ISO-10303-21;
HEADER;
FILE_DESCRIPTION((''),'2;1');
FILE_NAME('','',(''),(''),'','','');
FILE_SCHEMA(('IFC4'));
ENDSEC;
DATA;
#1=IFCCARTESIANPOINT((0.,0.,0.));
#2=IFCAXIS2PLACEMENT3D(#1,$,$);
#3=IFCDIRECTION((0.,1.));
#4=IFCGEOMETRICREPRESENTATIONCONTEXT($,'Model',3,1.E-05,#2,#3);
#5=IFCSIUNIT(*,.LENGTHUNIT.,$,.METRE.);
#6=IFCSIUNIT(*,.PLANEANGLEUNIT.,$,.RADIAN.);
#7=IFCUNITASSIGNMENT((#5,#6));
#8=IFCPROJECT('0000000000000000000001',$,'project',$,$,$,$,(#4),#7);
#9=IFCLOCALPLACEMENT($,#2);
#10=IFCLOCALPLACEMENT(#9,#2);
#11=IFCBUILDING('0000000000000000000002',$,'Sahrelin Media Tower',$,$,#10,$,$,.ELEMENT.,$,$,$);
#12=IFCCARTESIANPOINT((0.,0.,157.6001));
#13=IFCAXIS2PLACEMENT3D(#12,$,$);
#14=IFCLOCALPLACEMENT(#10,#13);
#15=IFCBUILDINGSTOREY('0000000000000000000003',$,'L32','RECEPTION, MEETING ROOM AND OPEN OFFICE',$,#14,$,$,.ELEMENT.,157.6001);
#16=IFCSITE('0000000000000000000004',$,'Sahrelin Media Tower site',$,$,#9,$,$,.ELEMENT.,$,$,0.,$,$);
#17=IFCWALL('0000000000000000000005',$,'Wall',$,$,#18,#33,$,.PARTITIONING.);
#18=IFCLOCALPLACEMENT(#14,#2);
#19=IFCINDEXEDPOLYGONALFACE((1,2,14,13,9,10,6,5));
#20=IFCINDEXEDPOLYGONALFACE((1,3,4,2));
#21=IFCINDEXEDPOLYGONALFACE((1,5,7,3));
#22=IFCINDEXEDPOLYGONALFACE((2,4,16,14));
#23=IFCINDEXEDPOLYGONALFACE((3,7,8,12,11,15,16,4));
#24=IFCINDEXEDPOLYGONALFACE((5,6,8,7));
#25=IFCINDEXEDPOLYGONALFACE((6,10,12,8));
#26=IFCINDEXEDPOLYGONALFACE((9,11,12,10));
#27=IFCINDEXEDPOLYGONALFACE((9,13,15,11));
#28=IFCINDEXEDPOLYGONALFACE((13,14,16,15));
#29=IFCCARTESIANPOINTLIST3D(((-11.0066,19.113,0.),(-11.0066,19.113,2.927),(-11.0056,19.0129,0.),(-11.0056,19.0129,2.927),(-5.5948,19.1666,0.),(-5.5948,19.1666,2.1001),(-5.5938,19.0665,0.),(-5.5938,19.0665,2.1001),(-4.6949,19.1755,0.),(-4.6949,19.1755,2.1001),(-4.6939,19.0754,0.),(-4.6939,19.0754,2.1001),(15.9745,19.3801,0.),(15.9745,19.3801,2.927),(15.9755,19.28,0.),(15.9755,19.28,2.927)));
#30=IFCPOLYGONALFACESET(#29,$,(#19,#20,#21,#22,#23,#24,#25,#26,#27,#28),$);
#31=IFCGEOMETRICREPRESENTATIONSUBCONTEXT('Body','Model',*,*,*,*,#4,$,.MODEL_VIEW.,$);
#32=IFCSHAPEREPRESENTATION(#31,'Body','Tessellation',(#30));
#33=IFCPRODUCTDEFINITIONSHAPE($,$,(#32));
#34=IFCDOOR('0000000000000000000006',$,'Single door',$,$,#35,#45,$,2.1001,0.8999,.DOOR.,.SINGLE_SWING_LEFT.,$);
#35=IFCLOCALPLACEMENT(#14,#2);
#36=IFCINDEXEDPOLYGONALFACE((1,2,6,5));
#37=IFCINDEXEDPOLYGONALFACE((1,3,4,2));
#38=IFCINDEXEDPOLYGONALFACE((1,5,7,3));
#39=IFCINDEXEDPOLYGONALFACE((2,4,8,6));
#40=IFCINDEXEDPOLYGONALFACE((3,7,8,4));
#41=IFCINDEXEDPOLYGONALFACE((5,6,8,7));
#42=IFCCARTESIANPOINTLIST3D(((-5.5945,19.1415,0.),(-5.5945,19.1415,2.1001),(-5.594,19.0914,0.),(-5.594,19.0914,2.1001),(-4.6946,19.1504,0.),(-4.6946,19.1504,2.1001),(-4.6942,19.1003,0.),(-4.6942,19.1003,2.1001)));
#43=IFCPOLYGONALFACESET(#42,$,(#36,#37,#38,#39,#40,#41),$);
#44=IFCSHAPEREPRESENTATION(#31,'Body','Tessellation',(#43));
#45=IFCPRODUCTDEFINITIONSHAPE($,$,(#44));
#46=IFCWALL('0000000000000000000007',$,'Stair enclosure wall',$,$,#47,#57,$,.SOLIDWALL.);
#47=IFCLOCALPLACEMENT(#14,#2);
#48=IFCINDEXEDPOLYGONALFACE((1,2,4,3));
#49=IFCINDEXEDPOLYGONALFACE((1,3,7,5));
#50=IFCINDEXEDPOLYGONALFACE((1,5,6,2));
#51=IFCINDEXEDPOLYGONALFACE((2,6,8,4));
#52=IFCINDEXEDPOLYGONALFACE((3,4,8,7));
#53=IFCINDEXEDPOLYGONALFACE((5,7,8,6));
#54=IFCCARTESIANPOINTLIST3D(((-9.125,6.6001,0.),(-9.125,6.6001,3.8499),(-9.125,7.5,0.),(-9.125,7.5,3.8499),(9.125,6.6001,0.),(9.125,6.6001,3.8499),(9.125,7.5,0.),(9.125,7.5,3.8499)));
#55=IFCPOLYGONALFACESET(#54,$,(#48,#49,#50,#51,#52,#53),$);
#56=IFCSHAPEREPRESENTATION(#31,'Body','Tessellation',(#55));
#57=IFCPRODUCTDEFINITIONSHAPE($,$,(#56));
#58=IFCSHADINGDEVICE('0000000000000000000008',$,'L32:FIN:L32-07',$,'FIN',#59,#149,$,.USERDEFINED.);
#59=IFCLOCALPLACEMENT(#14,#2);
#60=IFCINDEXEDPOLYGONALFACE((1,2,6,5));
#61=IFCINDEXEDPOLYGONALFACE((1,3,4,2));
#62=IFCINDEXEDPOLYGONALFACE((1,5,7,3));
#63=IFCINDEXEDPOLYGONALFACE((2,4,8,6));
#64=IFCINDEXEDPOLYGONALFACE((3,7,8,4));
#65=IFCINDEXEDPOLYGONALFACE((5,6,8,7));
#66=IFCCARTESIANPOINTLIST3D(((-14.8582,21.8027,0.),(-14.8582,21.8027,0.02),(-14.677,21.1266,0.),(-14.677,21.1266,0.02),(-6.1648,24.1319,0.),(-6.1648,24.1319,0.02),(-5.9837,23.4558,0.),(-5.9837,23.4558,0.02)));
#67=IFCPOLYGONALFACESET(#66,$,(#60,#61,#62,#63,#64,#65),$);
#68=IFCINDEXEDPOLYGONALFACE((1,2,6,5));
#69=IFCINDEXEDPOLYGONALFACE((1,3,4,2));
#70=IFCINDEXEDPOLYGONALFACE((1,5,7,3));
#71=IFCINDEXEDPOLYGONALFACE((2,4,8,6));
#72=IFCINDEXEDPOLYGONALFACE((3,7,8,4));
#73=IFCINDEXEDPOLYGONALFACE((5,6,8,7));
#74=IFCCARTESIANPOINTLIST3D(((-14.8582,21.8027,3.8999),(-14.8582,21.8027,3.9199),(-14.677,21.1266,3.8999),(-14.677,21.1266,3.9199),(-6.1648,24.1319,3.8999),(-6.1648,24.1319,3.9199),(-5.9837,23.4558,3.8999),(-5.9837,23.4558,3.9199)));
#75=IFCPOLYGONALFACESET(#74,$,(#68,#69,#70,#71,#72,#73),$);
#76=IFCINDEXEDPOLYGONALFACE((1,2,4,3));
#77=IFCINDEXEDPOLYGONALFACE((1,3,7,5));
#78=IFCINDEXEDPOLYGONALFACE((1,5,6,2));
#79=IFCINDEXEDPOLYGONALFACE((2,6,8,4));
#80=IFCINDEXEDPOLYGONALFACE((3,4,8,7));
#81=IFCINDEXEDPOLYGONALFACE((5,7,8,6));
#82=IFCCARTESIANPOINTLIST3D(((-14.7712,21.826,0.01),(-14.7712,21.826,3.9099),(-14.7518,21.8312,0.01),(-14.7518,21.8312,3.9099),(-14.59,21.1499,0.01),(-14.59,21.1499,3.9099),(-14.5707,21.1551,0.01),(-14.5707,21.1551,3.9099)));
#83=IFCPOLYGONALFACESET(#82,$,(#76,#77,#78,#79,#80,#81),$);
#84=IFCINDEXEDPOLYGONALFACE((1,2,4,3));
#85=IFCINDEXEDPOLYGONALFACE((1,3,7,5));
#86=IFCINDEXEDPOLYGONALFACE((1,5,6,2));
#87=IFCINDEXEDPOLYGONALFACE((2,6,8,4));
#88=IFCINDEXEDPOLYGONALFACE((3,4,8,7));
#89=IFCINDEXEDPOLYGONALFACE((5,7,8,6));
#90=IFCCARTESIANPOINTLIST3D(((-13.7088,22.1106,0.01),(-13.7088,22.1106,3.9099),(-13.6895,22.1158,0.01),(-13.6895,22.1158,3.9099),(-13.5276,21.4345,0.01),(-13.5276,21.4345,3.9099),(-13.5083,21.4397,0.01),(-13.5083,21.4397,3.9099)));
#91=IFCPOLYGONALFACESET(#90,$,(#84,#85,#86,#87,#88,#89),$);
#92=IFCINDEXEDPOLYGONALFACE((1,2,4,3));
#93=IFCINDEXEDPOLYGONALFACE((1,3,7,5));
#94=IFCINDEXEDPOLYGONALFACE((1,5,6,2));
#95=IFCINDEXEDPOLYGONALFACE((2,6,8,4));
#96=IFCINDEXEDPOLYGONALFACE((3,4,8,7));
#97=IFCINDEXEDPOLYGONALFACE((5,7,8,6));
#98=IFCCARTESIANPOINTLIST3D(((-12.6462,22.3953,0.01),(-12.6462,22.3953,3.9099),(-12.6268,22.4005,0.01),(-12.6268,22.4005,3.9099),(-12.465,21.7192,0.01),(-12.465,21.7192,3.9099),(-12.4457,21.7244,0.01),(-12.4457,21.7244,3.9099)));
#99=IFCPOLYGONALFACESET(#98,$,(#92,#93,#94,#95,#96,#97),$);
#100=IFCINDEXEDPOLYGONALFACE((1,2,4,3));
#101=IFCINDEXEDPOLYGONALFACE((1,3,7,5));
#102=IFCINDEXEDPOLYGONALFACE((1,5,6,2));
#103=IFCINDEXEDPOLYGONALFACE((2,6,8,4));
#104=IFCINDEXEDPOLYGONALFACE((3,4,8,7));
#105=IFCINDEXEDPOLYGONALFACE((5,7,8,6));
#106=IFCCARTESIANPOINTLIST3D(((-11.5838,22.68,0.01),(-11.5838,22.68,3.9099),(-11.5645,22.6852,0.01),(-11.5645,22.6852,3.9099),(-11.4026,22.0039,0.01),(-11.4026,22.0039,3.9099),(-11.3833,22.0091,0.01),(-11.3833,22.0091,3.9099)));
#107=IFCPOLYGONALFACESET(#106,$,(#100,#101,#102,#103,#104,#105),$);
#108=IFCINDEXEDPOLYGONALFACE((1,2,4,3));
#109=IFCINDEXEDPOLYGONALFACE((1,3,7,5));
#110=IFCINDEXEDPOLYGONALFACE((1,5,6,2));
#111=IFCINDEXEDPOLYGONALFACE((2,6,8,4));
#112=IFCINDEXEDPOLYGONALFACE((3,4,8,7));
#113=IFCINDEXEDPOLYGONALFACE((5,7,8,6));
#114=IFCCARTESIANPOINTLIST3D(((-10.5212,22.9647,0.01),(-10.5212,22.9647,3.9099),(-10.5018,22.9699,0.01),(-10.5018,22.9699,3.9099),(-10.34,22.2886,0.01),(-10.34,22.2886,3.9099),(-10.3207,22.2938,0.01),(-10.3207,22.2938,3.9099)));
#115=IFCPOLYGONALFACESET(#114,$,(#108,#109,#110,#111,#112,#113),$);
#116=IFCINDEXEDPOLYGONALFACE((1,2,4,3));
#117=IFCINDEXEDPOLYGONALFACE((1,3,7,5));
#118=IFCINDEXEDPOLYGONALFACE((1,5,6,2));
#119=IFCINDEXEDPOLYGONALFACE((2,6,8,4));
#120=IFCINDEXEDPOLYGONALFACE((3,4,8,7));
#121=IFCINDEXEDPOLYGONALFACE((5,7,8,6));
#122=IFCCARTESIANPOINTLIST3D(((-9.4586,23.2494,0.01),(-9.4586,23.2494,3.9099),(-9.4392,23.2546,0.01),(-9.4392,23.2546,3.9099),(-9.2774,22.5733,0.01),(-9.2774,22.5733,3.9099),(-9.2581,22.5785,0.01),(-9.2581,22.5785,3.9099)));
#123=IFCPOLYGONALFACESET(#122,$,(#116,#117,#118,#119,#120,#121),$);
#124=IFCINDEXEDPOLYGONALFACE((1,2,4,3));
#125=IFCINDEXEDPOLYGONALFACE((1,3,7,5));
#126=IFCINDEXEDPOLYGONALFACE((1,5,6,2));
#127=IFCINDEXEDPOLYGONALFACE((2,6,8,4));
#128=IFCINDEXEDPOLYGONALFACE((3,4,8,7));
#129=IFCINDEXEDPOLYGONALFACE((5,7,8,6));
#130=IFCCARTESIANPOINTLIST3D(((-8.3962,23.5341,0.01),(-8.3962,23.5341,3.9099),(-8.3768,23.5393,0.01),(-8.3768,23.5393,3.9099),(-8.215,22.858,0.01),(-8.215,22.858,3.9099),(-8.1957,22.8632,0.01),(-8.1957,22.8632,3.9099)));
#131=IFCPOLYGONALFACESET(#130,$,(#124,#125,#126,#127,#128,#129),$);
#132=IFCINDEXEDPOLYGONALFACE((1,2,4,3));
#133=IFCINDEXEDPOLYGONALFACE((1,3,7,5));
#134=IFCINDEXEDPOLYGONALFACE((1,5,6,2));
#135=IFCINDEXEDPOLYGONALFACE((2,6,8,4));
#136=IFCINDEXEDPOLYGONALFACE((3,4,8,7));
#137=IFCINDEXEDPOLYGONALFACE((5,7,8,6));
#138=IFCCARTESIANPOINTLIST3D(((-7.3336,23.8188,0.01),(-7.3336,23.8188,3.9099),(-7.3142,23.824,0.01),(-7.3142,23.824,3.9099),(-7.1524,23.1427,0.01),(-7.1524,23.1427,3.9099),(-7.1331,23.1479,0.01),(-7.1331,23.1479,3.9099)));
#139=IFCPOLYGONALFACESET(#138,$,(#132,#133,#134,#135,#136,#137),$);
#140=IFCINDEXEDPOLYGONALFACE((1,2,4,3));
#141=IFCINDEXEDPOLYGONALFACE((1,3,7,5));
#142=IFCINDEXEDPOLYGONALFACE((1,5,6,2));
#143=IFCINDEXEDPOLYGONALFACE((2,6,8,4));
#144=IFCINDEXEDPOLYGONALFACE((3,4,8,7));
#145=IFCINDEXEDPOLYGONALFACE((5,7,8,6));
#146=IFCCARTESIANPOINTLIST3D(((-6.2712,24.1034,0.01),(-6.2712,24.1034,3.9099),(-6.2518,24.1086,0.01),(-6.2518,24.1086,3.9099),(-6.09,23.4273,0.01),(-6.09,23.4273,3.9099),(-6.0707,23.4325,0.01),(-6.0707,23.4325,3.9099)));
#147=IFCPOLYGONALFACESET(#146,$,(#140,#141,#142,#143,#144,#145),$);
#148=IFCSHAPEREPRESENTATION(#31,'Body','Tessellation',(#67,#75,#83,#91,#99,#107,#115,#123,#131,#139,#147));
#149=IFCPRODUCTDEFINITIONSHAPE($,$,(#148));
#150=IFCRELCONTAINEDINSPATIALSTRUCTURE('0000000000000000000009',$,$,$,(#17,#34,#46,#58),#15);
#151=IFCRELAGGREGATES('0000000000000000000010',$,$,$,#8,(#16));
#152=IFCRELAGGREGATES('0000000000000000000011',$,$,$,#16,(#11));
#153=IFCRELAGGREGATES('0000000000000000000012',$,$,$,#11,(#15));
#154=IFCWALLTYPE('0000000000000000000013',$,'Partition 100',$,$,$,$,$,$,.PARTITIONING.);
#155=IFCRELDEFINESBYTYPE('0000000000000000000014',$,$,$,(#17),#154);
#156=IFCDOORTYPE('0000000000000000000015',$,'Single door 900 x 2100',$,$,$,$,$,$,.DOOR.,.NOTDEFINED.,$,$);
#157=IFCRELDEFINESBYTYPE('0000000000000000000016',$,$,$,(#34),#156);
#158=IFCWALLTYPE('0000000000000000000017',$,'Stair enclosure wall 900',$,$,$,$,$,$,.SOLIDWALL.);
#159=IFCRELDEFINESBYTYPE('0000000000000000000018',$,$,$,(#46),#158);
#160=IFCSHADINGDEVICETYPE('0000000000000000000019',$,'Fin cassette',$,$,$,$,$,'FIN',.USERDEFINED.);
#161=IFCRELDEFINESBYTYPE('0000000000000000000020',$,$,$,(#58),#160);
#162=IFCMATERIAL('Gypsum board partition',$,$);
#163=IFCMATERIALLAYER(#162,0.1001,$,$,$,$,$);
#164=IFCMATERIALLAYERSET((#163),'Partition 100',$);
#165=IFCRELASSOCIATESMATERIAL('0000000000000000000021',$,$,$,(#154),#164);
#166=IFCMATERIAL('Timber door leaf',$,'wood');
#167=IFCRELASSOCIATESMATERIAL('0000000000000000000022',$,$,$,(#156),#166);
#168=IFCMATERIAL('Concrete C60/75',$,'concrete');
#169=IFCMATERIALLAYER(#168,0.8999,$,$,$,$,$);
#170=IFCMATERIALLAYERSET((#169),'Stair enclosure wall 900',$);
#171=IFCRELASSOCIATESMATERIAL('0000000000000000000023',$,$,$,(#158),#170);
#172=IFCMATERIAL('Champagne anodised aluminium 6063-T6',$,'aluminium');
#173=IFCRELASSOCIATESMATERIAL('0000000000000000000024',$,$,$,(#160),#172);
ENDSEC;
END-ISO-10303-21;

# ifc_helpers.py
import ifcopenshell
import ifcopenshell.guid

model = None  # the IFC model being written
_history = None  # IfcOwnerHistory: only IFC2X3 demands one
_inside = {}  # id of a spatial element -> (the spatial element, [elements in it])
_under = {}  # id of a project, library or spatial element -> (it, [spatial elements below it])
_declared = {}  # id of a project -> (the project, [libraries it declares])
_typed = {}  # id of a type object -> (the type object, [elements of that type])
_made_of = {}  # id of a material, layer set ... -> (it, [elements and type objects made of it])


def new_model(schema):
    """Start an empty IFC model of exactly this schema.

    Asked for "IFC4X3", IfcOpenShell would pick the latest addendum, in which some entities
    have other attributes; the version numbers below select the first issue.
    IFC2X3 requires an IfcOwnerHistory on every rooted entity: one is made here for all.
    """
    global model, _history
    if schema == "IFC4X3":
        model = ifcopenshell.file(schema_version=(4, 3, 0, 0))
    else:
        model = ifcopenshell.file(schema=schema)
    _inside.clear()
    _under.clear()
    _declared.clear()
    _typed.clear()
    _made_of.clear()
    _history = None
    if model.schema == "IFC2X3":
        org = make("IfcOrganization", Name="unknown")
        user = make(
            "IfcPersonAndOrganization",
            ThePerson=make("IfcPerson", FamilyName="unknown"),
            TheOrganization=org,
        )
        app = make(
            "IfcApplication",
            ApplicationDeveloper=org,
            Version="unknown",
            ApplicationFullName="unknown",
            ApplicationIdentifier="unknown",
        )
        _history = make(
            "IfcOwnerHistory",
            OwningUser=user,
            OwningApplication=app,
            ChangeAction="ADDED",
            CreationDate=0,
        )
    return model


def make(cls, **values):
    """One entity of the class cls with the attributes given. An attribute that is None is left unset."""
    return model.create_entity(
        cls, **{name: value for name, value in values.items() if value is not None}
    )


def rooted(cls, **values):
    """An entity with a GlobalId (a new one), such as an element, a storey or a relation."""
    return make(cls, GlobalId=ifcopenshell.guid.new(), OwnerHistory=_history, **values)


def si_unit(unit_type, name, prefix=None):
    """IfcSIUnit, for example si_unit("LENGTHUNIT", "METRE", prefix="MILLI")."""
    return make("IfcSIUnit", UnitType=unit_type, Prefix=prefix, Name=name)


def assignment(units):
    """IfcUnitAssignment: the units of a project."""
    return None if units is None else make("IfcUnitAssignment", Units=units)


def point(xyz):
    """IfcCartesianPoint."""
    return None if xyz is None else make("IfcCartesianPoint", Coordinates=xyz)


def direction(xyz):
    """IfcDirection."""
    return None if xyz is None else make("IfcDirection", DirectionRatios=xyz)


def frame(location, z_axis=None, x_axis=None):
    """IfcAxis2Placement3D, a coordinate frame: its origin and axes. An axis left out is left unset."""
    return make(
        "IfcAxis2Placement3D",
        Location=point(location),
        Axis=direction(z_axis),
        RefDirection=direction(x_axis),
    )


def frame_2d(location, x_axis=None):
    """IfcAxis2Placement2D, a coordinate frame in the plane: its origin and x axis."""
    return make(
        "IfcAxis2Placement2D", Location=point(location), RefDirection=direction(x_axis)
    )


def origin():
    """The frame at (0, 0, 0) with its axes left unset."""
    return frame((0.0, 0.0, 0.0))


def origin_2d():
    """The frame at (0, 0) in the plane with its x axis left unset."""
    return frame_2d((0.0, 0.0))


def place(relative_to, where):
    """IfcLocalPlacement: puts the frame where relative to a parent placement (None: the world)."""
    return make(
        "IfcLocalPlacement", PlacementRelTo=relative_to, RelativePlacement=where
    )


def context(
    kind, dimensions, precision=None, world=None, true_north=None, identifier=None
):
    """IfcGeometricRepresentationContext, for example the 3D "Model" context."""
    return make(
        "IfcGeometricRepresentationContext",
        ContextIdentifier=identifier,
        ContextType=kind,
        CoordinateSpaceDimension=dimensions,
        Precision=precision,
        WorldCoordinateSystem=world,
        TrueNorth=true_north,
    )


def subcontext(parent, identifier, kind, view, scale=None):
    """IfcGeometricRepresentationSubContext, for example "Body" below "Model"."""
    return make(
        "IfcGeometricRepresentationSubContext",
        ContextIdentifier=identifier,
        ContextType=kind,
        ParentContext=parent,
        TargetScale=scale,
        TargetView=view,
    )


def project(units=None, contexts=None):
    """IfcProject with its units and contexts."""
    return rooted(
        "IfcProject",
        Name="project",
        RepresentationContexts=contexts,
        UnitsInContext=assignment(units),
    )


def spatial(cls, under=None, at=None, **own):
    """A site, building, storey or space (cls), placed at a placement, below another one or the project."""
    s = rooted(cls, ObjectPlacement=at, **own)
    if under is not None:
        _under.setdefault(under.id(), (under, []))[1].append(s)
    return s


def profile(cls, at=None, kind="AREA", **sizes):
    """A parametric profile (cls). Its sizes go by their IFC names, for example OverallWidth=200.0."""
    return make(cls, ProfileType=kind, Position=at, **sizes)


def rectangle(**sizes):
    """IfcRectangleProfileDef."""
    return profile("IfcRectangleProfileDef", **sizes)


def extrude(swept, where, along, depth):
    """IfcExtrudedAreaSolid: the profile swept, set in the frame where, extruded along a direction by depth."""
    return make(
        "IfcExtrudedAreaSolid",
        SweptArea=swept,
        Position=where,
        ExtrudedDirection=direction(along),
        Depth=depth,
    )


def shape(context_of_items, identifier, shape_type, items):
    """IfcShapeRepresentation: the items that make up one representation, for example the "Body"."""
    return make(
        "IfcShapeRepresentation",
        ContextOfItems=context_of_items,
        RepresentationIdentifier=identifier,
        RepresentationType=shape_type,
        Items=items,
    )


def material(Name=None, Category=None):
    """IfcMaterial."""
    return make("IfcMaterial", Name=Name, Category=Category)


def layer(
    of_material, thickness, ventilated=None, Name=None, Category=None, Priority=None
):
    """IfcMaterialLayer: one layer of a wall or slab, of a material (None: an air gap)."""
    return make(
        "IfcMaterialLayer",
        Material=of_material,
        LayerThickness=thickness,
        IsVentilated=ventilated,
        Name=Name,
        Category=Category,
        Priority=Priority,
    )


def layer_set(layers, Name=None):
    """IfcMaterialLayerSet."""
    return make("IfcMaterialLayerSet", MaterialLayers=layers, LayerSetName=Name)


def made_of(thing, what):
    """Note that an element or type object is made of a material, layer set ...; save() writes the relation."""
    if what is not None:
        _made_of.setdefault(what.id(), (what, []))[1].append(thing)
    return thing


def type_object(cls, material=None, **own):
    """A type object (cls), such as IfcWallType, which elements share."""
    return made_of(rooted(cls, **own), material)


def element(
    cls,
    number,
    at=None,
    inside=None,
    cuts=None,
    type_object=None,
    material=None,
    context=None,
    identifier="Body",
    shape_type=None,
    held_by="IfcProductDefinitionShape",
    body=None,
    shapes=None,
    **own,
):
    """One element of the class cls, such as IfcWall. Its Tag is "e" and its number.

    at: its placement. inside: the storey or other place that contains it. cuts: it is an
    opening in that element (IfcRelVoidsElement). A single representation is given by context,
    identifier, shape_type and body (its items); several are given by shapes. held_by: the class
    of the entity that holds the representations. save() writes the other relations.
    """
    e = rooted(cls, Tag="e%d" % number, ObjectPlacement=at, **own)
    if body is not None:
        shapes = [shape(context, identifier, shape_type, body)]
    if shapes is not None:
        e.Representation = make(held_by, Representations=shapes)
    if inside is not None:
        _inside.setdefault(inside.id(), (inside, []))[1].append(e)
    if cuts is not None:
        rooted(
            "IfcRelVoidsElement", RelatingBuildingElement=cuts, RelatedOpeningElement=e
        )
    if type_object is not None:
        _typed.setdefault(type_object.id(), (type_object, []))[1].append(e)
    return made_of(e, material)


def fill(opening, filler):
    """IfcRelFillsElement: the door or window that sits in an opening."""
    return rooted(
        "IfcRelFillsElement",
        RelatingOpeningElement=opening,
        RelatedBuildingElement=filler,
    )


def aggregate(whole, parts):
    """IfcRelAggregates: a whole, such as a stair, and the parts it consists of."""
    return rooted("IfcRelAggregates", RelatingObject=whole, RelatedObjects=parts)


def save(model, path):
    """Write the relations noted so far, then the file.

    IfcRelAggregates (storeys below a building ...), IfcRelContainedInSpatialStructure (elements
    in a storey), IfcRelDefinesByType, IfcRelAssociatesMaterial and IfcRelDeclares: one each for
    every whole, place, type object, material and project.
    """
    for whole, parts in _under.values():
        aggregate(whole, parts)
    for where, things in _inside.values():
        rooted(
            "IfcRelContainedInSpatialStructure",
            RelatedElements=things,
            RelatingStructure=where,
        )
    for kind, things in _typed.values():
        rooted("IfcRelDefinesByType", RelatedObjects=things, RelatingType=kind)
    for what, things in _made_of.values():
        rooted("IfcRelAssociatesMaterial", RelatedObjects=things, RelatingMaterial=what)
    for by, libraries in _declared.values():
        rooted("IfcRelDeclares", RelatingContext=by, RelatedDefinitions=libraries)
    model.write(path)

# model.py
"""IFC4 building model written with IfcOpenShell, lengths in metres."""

from ifc_helpers import new_model, si_unit, direction, frame, frame_2d, origin, origin_2d, place, context, subcontext, project, spatial, rectangle, extrude, material, layer, layer_set, type_object, element, fill, save


model = new_model("IFC4")

# Units and contexts
model_context = context("Model", 3, precision=1e-05, world=origin(), true_north=direction((0.0, 1.0)))
body_context = subcontext(model_context, "Body", "Model", "MODEL_VIEW")
ifc_project = project(units=[si_unit("LENGTHUNIT", "METRE"), si_unit("PLANEANGLEUNIT", "RADIAN")], contexts=[model_context])

# Site, building, storey
site_placement = place(None, origin())
site = spatial("IfcSite", under=ifc_project, at=site_placement, Name="Sahrelin Media Tower site", CompositionType="ELEMENT", RefElevation=0.0)
building_placement = place(site_placement, origin())
building = spatial("IfcBuilding", under=site, at=building_placement, Name="Sahrelin Media Tower", CompositionType="ELEMENT")
storey_placement = place(building_placement, frame((0.0, 0.0, 157.6001)))
storey = spatial("IfcBuildingStorey", under=building, at=storey_placement, Name="L32", Description="RECEPTION, MEETING ROOM AND OPEN OFFICE", CompositionType="ELEMENT", Elevation=157.6001)

# Shared definitions
ifc_material_1 = material(Name="Champagne anodised aluminium 6063-T6", Category="aluminium")

# Shared definitions
ifc_material_2 = material(Name="Concrete C60/75", Category="concrete")

# Wall, opening, door
ifc_material_3 = material(Name="Gypsum board partition")
ifc_layer_1 = layer(ifc_material_3, 0.1001)
ifc_layer_set_1 = layer_set([ifc_layer_1], Name="Partition 100")
wall_type_1 = type_object("IfcWallType", Name="Partition 100", PredefinedType="PARTITIONING", material=ifc_layer_set_1)
wall_1_placement = place(storey_placement, frame((-11.0061, 19.063, 0.0), z_axis=(0.0, 0.0, 1.0), x_axis=(0.999951, 0.009899, 0.0)))
wall_1 = element("IfcWall", 1, at=wall_1_placement, inside=storey, type_object=wall_type_1, Name="Wall", PredefinedType="PARTITIONING", context=body_context, shape_type="SweptSolid", body=[
    extrude(rectangle(XDim=26.9824, YDim=0.1001, at=frame_2d((13.4912, 0.0))), origin(), (0.0, 0.0, 1.0), 2.927),
])
opening_1_placement = place(wall_1_placement, frame((5.4121, 0.0, 0.0)))
opening_1 = element("IfcOpeningElement", 2, at=opening_1_placement, cuts=wall_1, PredefinedType="OPENING", context=body_context, shape_type="SweptSolid", body=[
    extrude(rectangle(XDim=0.8999, YDim=2.1001, at=frame_2d((0.45, 1.05))), frame((0.0, 0.05, 0.0), z_axis=(0.0, -1.0, 0.0), x_axis=(1.0, 0.0, 0.0)), (0.0, 0.0, 1.0), 0.1001),
])
ifc_material_4 = material(Name="Timber door leaf", Category="wood")
door_type_1 = type_object("IfcDoorType", Name="Single door 900 x 2100", OperationType="NOTDEFINED", PredefinedType="DOOR", material=ifc_material_4)
door_1_placement = place(opening_1_placement, origin())
door_1 = element("IfcDoor", 3, at=door_1_placement, inside=storey, type_object=door_type_1, Name="Single door", OperationType="SINGLE_SWING_LEFT", OverallHeight=2.1001, OverallWidth=0.8999, PredefinedType="DOOR", context=body_context, shape_type="SweptSolid", body=[
    extrude(rectangle(XDim=0.8999, YDim=2.1001, at=frame_2d((0.45, 1.05))), frame((0.0, 0.0249, 0.0), z_axis=(0.0, -1.0, 0.0), x_axis=(1.0, 0.0, 0.0)), (0.0, 0.0, 1.0), 0.05),
])
fill(opening_1, door_1)

# Wall
ifc_layer_2 = layer(ifc_material_2, 0.8999)
ifc_layer_set_2 = layer_set([ifc_layer_2], Name="Stair enclosure wall 900")
wall_type_2 = type_object("IfcWallType", Name="Stair enclosure wall 900", PredefinedType="SOLIDWALL", material=ifc_layer_set_2)
wall_2_placement = place(storey_placement, frame((-9.125, 7.05, 0.0), z_axis=(0.0, 0.0, 1.0), x_axis=(1.0, 0.0, 0.0)))
element("IfcWall", 4, at=wall_2_placement, inside=storey, type_object=wall_type_2, Name="Stair enclosure wall", PredefinedType="SOLIDWALL", context=body_context, shape_type="SweptSolid", body=[
    extrude(rectangle(XDim=18.25, YDim=0.8999, at=frame_2d((9.125, 0.0))), origin(), (0.0, 0.0, 1.0), 3.8499),
])

# Shading device
shading_device_type_1 = type_object("IfcShadingDeviceType", Name="Fin cassette", ElementType="FIN", PredefinedType="USERDEFINED", material=ifc_material_1)
placement = place(storey_placement, frame((-10.3123, 22.2236, 0.0), z_axis=(0.0, 0.0, 1.0), x_axis=(0.965929, 0.258808, 0.0)))
element("IfcShadingDevice", 5, at=placement, inside=storey, type_object=shading_device_type_1, Name="L32:FIN:L32-07", ObjectType="FIN", PredefinedType="USERDEFINED", context=body_context, shape_type="SweptSolid", body=[
    extrude(rectangle(XDim=9.0, YDim=0.7, at=origin_2d()), frame((0.0, 0.4199, 0.0)), (0.0, 0.0, 1.0), 0.02),
    extrude(rectangle(XDim=9.0, YDim=0.7, at=origin_2d()), frame((0.0, 0.4199, 3.8999)), (0.0, 0.0, 1.0), 0.02),
    extrude(rectangle(XDim=0.02, YDim=0.7, at=origin_2d()), frame((-4.3999, 0.4199, 0.01), z_axis=(0.0, 0.0, 1.0), x_axis=(1.0, 0.0, 0.0)), (0.0, 0.0, 1.0), 3.8999),
    extrude(rectangle(XDim=0.02, YDim=0.7, at=origin_2d()), frame((-3.3, 0.4199, 0.01), z_axis=(0.0, 0.0, 1.0), x_axis=(1.0, 0.0, 0.0)), (0.0, 0.0, 1.0), 3.8999),
    extrude(rectangle(XDim=0.02, YDim=0.7, at=origin_2d()), frame((-2.2, 0.4199, 0.01), z_axis=(0.0, 0.0, 1.0), x_axis=(1.0, 0.0, 0.0)), (0.0, 0.0, 1.0), 3.8999),
    extrude(rectangle(XDim=0.02, YDim=0.7, at=origin_2d()), frame((-1.1001, 0.4199, 0.01), z_axis=(0.0, 0.0, 1.0), x_axis=(1.0, 0.0, 0.0)), (0.0, 0.0, 1.0), 3.8999),
    extrude(rectangle(XDim=0.02, YDim=0.7, at=origin_2d()), frame((0.0, 0.4199, 0.01), z_axis=(0.0, 0.0, 1.0), x_axis=(1.0, 0.0, 0.0)), (0.0, 0.0, 1.0), 3.8999),
    extrude(rectangle(XDim=0.02, YDim=0.7, at=origin_2d()), frame((1.1001, 0.4199, 0.01), z_axis=(0.0, 0.0, 1.0), x_axis=(1.0, 0.0, 0.0)), (0.0, 0.0, 1.0), 3.8999),
    extrude(rectangle(XDim=0.02, YDim=0.7, at=origin_2d()), frame((2.2, 0.4199, 0.01), z_axis=(0.0, 0.0, 1.0), x_axis=(1.0, 0.0, 0.0)), (0.0, 0.0, 1.0), 3.8999),
    extrude(rectangle(XDim=0.02, YDim=0.7, at=origin_2d()), frame((3.3, 0.4199, 0.01), z_axis=(0.0, 0.0, 1.0), x_axis=(1.0, 0.0, 0.0)), (0.0, 0.0, 1.0), 3.8999),
    extrude(rectangle(XDim=0.02, YDim=0.7, at=origin_2d()), frame((4.3999, 0.4199, 0.01), z_axis=(0.0, 0.0, 1.0), x_axis=(1.0, 0.0, 0.0)), (0.0, 0.0, 1.0), 3.8999),
])

save(model, "model.ifc")
